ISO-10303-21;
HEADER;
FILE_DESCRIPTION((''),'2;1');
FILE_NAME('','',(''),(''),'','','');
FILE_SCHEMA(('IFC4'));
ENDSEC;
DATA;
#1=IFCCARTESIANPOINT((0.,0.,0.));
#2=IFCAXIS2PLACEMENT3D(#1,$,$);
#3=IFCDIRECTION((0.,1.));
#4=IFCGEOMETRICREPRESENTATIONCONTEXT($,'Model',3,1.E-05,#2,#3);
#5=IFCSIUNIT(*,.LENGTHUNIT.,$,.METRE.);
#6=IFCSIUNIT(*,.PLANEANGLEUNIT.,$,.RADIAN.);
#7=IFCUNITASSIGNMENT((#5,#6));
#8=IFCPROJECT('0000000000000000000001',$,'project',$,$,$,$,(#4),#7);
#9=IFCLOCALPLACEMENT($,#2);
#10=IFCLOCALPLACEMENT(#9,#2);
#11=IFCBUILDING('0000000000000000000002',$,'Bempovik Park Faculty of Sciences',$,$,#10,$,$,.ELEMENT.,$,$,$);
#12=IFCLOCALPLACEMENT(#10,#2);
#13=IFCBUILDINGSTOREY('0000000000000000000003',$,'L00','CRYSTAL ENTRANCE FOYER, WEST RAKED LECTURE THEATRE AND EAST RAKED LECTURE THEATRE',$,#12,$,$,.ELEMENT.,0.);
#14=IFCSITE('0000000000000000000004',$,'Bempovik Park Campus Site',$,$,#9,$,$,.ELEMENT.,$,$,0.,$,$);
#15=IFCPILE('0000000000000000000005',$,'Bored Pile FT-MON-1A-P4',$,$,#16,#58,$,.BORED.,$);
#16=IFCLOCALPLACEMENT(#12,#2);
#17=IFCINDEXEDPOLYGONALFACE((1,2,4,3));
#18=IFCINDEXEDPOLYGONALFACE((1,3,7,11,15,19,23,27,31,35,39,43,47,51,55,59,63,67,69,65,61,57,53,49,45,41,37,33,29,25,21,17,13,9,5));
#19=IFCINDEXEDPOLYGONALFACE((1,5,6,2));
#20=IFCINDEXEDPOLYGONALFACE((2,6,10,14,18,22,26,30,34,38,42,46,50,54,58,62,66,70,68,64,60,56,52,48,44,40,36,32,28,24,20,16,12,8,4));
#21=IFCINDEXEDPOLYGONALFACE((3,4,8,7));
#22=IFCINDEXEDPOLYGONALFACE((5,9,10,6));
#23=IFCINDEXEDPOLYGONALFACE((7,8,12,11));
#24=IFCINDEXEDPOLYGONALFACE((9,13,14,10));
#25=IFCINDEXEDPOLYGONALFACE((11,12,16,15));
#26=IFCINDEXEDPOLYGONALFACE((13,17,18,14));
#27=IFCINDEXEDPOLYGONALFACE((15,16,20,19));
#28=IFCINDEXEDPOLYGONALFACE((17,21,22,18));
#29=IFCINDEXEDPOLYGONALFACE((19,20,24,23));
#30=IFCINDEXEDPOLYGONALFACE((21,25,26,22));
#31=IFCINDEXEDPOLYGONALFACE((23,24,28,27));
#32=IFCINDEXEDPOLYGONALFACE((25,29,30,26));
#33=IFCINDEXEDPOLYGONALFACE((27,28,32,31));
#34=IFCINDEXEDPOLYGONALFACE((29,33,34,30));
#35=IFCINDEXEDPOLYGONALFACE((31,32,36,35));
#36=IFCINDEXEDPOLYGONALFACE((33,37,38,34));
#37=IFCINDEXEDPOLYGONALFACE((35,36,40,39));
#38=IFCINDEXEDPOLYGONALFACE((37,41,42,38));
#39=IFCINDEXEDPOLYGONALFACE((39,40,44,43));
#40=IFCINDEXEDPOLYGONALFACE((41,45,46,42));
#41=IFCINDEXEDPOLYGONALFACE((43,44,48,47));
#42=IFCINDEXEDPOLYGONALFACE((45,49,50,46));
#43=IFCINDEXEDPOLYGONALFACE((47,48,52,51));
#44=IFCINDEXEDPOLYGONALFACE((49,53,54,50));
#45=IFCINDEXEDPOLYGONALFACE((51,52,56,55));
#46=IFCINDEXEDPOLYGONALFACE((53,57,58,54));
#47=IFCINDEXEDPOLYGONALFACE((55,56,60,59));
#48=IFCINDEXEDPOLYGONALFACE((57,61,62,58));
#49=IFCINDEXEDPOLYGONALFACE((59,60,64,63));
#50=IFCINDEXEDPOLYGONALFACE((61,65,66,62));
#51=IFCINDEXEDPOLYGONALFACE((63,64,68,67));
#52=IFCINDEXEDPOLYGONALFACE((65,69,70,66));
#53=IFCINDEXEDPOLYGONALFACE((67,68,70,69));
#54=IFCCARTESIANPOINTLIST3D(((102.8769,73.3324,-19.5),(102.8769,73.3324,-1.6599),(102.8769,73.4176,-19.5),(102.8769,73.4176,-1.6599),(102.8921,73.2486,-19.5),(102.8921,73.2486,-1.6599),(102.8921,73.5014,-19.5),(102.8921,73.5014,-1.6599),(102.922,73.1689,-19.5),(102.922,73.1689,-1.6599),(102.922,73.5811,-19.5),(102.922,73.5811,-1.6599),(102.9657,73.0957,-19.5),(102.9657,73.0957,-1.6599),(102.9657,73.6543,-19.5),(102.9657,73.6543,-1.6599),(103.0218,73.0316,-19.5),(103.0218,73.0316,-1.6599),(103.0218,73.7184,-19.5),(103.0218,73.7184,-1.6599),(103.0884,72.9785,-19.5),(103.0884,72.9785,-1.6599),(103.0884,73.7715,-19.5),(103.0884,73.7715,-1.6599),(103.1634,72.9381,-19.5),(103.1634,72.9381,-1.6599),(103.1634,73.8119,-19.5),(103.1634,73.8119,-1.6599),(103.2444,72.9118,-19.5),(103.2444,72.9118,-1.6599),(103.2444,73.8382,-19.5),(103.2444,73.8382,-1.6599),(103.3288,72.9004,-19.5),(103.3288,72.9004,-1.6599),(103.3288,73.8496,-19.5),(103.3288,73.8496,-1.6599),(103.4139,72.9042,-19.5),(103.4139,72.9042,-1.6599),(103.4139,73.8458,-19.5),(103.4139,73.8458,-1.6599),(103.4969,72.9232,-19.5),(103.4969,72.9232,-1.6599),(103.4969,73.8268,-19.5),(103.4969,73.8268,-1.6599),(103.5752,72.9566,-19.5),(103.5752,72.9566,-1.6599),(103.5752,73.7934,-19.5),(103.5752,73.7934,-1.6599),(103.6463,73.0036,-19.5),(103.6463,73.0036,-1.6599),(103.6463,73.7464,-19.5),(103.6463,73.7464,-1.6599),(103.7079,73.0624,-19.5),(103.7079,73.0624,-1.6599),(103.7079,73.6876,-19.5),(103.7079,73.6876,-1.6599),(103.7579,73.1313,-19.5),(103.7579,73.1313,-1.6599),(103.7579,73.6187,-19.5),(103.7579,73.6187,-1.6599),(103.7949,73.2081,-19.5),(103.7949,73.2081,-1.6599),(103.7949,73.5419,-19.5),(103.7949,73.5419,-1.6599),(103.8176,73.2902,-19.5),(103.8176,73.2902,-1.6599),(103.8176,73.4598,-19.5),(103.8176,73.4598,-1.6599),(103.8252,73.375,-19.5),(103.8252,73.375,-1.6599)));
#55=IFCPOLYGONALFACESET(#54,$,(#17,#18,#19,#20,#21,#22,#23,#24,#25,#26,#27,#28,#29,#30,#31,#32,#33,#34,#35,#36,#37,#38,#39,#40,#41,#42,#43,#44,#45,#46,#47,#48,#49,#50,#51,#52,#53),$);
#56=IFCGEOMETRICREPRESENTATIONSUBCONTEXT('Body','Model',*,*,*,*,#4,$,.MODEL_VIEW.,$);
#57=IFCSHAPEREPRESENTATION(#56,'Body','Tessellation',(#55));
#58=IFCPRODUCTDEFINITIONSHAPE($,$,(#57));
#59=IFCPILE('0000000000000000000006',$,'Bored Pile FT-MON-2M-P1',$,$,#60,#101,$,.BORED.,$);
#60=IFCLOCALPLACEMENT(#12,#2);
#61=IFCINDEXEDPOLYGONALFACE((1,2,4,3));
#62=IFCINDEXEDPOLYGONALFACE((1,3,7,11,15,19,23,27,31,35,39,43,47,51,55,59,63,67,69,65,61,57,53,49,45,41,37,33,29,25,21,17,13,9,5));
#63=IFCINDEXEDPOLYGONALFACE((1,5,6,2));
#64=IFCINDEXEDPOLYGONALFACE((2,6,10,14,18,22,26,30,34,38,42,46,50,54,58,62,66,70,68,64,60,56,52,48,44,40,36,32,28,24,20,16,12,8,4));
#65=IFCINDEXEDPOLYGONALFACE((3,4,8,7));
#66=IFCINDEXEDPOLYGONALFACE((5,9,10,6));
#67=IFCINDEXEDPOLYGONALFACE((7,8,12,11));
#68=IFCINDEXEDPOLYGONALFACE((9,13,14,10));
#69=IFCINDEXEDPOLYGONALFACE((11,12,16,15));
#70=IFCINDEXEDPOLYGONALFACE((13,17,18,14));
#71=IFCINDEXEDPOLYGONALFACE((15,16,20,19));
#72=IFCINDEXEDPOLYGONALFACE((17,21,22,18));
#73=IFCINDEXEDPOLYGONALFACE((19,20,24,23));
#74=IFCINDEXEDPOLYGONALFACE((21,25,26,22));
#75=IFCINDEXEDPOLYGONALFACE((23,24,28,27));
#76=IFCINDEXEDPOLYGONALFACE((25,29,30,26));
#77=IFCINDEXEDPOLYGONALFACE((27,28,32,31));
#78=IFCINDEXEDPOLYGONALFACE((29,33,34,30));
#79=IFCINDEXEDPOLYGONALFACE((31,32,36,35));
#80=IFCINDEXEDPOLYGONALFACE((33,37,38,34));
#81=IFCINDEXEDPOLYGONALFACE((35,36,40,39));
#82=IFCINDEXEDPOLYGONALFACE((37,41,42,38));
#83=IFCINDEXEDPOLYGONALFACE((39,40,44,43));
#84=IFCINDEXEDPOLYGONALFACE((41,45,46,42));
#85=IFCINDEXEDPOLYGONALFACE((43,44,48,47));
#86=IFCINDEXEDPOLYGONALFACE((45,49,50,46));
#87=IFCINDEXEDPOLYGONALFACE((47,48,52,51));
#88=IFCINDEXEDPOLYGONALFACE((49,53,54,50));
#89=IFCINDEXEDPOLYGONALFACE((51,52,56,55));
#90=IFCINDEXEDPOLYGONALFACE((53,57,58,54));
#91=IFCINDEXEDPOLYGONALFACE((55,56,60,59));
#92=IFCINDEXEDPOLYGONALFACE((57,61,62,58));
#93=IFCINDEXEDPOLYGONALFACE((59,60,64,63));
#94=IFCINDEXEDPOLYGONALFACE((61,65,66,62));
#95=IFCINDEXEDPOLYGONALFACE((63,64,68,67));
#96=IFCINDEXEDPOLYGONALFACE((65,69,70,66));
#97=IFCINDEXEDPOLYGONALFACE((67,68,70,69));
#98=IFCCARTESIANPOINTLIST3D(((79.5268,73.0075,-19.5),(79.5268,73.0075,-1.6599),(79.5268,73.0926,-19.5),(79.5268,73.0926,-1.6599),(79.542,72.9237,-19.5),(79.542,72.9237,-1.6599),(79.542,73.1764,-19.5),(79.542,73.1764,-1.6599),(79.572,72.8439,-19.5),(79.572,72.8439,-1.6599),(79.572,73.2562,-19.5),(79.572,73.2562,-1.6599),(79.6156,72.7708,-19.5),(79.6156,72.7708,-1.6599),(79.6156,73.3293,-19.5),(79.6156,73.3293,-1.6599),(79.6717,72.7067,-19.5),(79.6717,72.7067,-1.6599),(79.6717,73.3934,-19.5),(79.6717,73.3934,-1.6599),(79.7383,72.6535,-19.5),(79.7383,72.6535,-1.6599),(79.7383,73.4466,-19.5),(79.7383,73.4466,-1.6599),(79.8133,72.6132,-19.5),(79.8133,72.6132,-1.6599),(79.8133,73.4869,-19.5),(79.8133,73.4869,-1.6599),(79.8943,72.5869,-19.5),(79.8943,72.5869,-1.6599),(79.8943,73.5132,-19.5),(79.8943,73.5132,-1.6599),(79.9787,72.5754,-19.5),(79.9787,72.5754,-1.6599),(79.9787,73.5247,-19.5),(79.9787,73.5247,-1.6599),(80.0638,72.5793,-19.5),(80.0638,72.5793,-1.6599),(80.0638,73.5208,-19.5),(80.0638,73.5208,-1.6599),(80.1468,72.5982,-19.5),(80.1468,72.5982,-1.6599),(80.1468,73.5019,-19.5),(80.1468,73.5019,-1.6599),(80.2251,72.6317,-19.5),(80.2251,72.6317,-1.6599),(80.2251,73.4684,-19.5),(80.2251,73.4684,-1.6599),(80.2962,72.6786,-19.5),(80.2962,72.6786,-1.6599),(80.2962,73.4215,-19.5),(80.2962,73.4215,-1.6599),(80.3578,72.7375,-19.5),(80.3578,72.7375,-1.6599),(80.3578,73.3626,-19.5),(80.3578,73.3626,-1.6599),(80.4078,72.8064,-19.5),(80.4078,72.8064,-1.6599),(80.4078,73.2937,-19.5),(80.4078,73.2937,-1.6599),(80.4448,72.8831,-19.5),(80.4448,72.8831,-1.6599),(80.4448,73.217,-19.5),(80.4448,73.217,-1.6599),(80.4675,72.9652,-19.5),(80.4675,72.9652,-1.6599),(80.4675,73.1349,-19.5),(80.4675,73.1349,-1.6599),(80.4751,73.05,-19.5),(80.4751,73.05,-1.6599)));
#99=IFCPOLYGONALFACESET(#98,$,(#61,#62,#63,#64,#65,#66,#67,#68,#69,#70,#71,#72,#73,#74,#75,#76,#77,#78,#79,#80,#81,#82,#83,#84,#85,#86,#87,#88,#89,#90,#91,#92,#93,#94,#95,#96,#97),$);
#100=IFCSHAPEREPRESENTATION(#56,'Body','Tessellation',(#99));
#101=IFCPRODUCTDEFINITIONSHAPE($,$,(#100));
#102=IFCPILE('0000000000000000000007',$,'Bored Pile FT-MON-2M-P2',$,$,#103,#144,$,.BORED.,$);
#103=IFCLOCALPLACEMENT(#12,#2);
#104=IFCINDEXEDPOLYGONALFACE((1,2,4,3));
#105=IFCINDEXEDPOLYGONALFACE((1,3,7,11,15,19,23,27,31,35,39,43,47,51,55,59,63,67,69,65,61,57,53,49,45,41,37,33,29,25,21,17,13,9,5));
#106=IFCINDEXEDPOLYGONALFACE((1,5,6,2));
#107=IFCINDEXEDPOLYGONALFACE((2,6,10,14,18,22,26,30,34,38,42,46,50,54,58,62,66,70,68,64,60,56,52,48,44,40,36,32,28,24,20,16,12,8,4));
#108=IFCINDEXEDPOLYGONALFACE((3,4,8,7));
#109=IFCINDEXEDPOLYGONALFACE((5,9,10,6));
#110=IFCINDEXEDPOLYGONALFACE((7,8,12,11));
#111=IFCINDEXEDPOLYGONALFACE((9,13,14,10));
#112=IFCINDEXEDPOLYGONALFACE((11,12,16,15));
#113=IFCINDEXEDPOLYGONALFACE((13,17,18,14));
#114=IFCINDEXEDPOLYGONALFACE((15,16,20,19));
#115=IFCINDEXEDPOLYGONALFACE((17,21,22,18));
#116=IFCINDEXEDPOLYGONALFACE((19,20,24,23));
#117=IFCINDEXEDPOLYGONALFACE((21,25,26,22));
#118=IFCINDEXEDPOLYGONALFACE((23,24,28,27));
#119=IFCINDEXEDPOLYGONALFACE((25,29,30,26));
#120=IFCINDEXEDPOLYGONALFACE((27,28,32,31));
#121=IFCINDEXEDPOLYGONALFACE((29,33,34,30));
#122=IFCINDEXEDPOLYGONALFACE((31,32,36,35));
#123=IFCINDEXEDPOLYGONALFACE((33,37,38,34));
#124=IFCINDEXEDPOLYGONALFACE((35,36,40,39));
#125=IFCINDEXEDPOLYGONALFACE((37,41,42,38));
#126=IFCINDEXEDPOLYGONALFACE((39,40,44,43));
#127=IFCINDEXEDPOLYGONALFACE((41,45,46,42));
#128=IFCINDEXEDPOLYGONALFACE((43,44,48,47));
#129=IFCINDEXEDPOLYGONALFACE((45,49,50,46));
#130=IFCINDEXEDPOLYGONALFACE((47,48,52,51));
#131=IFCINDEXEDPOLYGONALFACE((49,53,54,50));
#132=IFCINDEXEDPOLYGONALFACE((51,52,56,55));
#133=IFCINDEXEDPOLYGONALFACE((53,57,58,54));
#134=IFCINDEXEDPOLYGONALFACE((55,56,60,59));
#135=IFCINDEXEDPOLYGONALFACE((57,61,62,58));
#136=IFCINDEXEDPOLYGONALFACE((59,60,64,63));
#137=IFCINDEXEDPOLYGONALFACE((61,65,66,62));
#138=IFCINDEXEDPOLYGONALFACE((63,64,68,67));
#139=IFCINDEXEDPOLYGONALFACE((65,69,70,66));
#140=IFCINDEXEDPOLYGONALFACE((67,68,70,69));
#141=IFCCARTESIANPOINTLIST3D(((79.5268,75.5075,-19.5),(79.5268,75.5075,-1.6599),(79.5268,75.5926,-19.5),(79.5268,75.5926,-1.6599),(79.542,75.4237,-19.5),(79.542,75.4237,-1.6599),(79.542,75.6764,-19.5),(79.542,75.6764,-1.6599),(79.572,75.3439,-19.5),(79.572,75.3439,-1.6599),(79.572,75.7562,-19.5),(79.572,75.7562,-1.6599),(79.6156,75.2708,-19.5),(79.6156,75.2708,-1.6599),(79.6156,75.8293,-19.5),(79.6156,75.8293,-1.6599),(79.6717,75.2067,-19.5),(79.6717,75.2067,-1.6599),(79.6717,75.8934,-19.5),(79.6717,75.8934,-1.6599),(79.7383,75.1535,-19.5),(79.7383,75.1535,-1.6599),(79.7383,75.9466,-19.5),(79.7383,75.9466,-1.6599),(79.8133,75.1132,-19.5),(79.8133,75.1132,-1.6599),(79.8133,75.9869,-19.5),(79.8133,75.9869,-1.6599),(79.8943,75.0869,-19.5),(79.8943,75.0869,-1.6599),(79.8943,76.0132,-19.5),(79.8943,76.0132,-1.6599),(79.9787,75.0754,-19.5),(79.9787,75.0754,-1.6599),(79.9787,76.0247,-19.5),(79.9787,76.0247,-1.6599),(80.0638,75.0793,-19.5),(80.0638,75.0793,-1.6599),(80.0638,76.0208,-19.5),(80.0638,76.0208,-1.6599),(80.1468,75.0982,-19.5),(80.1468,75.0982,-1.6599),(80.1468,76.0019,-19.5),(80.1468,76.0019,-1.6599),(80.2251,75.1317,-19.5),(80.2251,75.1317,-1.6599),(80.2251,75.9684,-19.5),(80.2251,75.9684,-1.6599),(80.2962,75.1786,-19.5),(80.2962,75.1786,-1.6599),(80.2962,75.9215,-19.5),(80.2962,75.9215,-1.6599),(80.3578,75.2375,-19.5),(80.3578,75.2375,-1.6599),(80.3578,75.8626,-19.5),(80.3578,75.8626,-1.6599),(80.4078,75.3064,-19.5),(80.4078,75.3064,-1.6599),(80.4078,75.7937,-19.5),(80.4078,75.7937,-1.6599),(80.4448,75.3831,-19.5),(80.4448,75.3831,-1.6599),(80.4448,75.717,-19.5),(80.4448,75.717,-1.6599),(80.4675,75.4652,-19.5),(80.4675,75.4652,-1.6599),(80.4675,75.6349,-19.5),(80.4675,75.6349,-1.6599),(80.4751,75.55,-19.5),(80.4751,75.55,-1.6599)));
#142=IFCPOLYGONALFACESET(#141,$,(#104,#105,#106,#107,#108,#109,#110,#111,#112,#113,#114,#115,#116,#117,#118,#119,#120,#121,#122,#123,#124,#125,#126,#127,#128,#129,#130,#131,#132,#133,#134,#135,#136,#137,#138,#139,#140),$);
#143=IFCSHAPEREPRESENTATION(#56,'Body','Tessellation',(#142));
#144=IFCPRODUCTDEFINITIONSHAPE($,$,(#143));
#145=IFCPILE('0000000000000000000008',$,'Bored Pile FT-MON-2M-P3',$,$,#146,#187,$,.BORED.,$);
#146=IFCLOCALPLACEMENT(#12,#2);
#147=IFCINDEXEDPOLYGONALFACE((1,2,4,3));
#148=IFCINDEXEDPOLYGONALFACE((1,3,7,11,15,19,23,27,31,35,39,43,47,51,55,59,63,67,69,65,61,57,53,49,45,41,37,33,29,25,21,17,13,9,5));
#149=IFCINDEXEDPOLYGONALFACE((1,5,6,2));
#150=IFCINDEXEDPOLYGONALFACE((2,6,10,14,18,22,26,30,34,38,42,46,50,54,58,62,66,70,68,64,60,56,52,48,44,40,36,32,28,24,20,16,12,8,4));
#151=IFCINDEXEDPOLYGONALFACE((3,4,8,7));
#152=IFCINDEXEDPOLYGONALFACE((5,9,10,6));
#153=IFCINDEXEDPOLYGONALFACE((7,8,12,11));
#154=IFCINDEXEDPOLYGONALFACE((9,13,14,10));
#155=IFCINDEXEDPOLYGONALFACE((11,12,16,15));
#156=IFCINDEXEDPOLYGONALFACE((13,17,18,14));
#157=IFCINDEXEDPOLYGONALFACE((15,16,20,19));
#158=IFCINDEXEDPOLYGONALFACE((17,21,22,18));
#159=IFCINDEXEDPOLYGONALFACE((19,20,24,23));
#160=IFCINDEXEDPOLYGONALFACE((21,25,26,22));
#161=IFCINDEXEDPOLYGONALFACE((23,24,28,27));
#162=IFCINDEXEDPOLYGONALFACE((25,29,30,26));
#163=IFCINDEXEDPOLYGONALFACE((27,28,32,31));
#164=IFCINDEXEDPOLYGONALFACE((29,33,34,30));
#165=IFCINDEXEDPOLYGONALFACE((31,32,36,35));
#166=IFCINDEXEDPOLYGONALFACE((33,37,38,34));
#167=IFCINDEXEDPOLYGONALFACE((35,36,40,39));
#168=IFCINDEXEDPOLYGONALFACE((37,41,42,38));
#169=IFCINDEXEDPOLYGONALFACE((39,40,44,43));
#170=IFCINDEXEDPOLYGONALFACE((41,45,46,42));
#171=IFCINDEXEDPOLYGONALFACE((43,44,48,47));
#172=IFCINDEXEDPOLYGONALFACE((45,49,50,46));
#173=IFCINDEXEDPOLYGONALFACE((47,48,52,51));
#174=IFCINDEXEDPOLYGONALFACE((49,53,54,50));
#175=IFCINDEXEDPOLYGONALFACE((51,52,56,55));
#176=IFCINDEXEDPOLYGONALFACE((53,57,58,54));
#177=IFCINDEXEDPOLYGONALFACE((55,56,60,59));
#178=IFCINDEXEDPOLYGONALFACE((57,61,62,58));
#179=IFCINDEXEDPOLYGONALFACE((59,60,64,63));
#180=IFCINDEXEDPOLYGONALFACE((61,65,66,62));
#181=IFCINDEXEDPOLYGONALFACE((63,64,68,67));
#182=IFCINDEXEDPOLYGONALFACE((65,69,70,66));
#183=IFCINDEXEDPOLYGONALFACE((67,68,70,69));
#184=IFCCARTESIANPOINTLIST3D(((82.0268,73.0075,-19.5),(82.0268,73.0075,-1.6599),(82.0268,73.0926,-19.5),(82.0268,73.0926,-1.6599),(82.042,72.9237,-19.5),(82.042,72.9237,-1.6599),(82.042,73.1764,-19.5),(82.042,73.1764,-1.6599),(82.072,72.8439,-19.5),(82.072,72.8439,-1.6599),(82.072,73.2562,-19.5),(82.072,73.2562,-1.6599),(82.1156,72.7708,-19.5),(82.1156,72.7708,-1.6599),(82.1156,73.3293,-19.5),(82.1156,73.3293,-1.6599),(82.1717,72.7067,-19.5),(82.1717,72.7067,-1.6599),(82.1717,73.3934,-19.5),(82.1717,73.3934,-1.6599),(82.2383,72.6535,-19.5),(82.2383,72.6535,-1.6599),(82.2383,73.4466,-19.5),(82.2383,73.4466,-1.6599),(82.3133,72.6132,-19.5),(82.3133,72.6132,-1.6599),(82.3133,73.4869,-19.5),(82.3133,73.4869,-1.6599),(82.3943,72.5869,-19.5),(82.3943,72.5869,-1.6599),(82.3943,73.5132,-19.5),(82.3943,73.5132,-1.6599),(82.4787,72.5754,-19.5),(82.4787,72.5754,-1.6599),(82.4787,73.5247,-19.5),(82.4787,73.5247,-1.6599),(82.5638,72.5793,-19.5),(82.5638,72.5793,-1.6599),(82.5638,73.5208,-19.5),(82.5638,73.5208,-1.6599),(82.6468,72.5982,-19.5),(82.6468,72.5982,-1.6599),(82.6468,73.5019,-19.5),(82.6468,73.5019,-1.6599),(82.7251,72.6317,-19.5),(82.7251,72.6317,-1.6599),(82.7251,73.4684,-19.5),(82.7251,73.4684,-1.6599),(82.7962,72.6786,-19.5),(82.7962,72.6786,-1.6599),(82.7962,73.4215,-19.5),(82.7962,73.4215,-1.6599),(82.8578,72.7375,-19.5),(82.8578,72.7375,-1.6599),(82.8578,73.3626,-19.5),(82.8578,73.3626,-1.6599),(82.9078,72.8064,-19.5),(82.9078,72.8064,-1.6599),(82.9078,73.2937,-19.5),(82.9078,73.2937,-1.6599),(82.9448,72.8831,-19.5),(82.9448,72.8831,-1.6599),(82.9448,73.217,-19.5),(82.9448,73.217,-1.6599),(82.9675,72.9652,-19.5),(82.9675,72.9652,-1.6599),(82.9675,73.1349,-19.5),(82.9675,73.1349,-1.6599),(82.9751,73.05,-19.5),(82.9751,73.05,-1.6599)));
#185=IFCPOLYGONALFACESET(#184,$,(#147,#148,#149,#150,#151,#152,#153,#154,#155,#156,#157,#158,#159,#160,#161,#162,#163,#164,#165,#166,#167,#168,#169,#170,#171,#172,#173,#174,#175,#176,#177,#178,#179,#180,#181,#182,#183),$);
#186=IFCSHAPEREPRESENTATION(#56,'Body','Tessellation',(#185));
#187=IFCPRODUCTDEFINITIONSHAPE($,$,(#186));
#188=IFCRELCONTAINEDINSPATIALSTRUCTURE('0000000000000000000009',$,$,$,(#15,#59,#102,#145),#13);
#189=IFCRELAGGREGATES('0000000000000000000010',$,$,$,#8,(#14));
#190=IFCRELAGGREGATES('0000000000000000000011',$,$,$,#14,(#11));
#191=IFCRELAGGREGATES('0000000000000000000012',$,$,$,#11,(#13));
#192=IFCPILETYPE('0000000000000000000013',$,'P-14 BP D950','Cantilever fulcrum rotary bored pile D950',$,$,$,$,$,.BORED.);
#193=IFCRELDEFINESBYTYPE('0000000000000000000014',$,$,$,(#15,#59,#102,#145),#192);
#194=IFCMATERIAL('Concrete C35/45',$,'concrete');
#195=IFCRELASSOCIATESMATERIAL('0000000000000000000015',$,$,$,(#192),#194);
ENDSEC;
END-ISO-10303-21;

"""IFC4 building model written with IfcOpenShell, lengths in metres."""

from ifc_helpers import new_model, si_unit, direction, frame, origin, origin_2d, place, context, subcontext, project, spatial, circle, extrude, material, material_profile, profile_set, type_object, element, save


model = new_model("IFC4")

# Units and contexts
model_context = context("Model", 3, precision=1e-05, world=origin(), true_north=direction((0.0, 1.0)))
body_context = subcontext(model_context, "Body", "Model", "MODEL_VIEW")
ifc_project = project(units=[si_unit("LENGTHUNIT", "METRE"), si_unit("PLANEANGLEUNIT", "RADIAN")], contexts=[model_context])

# Site, building, storey
site_placement = place(None, origin())
site = spatial("IfcSite", under=ifc_project, at=site_placement, Name="Bempovik Park Campus Site", CompositionType="ELEMENT", RefElevation=0.0)
building_placement = place(site_placement, origin())
building = spatial("IfcBuilding", under=site, at=building_placement, Name="Bempovik Park Faculty of Sciences", CompositionType="ELEMENT")
storey_placement = place(building_placement, origin())
storey = spatial("IfcBuildingStorey", under=building, at=storey_placement, Name="L00", Description="CRYSTAL ENTRANCE FOYER, WEST RAKED LECTURE THEATRE AND EAST RAKED LECTURE THEATRE", CompositionType="ELEMENT", Elevation=0.0)

# Shared definitions
ifc_material_1 = material(Name="Concrete C35/45", Category="concrete")

# Piles
ifc_material_profile_1 = material_profile(ifc_material_1, circle(Radius=0.4751, at=origin_2d()), Name="BP D950")
ifc_profile_set_1 = profile_set([ifc_material_profile_1], Name="Concrete C35/45")
pile_type = type_object("IfcPileType", Name="P-14 BP D950", Description="Cantilever fulcrum rotary bored pile D950", PredefinedType="BORED", material=ifc_profile_set_1)
for number, where, z_axis, x_axis, name in (
    (1, (103.3501, 73.375, -1.6599), (0.0, 0.0, -1.0), (1.0, 0.0, 0.0), "Bored Pile FT-MON-1A-P4"),
    (2, (80.0, 73.05, -1.6599), (0.0, 0.0, -1.0), (1.0, 0.0, 0.0), "Bored Pile FT-MON-2M-P1"),
    (3, (80.0, 75.55, -1.6599), (0.0, 0.0, -1.0), (1.0, 0.0, 0.0), "Bored Pile FT-MON-2M-P2"),
    (4, (82.5, 73.05, -1.6599), (0.0, 0.0, -1.0), (1.0, 0.0, 0.0), "Bored Pile FT-MON-2M-P3"),
):
    element("IfcPile", number, at=place(storey_placement, frame(where, z_axis=z_axis, x_axis=x_axis)), inside=storey, type_object=pile_type, Name=name, PredefinedType="BORED", context=body_context, shape_type="SweptSolid", body=[
        extrude(circle(Radius=0.4751, at=origin_2d()), origin(), (0.0, 0.0, 1.0), 17.8401),
    ])

save(model, "model.ifc")
